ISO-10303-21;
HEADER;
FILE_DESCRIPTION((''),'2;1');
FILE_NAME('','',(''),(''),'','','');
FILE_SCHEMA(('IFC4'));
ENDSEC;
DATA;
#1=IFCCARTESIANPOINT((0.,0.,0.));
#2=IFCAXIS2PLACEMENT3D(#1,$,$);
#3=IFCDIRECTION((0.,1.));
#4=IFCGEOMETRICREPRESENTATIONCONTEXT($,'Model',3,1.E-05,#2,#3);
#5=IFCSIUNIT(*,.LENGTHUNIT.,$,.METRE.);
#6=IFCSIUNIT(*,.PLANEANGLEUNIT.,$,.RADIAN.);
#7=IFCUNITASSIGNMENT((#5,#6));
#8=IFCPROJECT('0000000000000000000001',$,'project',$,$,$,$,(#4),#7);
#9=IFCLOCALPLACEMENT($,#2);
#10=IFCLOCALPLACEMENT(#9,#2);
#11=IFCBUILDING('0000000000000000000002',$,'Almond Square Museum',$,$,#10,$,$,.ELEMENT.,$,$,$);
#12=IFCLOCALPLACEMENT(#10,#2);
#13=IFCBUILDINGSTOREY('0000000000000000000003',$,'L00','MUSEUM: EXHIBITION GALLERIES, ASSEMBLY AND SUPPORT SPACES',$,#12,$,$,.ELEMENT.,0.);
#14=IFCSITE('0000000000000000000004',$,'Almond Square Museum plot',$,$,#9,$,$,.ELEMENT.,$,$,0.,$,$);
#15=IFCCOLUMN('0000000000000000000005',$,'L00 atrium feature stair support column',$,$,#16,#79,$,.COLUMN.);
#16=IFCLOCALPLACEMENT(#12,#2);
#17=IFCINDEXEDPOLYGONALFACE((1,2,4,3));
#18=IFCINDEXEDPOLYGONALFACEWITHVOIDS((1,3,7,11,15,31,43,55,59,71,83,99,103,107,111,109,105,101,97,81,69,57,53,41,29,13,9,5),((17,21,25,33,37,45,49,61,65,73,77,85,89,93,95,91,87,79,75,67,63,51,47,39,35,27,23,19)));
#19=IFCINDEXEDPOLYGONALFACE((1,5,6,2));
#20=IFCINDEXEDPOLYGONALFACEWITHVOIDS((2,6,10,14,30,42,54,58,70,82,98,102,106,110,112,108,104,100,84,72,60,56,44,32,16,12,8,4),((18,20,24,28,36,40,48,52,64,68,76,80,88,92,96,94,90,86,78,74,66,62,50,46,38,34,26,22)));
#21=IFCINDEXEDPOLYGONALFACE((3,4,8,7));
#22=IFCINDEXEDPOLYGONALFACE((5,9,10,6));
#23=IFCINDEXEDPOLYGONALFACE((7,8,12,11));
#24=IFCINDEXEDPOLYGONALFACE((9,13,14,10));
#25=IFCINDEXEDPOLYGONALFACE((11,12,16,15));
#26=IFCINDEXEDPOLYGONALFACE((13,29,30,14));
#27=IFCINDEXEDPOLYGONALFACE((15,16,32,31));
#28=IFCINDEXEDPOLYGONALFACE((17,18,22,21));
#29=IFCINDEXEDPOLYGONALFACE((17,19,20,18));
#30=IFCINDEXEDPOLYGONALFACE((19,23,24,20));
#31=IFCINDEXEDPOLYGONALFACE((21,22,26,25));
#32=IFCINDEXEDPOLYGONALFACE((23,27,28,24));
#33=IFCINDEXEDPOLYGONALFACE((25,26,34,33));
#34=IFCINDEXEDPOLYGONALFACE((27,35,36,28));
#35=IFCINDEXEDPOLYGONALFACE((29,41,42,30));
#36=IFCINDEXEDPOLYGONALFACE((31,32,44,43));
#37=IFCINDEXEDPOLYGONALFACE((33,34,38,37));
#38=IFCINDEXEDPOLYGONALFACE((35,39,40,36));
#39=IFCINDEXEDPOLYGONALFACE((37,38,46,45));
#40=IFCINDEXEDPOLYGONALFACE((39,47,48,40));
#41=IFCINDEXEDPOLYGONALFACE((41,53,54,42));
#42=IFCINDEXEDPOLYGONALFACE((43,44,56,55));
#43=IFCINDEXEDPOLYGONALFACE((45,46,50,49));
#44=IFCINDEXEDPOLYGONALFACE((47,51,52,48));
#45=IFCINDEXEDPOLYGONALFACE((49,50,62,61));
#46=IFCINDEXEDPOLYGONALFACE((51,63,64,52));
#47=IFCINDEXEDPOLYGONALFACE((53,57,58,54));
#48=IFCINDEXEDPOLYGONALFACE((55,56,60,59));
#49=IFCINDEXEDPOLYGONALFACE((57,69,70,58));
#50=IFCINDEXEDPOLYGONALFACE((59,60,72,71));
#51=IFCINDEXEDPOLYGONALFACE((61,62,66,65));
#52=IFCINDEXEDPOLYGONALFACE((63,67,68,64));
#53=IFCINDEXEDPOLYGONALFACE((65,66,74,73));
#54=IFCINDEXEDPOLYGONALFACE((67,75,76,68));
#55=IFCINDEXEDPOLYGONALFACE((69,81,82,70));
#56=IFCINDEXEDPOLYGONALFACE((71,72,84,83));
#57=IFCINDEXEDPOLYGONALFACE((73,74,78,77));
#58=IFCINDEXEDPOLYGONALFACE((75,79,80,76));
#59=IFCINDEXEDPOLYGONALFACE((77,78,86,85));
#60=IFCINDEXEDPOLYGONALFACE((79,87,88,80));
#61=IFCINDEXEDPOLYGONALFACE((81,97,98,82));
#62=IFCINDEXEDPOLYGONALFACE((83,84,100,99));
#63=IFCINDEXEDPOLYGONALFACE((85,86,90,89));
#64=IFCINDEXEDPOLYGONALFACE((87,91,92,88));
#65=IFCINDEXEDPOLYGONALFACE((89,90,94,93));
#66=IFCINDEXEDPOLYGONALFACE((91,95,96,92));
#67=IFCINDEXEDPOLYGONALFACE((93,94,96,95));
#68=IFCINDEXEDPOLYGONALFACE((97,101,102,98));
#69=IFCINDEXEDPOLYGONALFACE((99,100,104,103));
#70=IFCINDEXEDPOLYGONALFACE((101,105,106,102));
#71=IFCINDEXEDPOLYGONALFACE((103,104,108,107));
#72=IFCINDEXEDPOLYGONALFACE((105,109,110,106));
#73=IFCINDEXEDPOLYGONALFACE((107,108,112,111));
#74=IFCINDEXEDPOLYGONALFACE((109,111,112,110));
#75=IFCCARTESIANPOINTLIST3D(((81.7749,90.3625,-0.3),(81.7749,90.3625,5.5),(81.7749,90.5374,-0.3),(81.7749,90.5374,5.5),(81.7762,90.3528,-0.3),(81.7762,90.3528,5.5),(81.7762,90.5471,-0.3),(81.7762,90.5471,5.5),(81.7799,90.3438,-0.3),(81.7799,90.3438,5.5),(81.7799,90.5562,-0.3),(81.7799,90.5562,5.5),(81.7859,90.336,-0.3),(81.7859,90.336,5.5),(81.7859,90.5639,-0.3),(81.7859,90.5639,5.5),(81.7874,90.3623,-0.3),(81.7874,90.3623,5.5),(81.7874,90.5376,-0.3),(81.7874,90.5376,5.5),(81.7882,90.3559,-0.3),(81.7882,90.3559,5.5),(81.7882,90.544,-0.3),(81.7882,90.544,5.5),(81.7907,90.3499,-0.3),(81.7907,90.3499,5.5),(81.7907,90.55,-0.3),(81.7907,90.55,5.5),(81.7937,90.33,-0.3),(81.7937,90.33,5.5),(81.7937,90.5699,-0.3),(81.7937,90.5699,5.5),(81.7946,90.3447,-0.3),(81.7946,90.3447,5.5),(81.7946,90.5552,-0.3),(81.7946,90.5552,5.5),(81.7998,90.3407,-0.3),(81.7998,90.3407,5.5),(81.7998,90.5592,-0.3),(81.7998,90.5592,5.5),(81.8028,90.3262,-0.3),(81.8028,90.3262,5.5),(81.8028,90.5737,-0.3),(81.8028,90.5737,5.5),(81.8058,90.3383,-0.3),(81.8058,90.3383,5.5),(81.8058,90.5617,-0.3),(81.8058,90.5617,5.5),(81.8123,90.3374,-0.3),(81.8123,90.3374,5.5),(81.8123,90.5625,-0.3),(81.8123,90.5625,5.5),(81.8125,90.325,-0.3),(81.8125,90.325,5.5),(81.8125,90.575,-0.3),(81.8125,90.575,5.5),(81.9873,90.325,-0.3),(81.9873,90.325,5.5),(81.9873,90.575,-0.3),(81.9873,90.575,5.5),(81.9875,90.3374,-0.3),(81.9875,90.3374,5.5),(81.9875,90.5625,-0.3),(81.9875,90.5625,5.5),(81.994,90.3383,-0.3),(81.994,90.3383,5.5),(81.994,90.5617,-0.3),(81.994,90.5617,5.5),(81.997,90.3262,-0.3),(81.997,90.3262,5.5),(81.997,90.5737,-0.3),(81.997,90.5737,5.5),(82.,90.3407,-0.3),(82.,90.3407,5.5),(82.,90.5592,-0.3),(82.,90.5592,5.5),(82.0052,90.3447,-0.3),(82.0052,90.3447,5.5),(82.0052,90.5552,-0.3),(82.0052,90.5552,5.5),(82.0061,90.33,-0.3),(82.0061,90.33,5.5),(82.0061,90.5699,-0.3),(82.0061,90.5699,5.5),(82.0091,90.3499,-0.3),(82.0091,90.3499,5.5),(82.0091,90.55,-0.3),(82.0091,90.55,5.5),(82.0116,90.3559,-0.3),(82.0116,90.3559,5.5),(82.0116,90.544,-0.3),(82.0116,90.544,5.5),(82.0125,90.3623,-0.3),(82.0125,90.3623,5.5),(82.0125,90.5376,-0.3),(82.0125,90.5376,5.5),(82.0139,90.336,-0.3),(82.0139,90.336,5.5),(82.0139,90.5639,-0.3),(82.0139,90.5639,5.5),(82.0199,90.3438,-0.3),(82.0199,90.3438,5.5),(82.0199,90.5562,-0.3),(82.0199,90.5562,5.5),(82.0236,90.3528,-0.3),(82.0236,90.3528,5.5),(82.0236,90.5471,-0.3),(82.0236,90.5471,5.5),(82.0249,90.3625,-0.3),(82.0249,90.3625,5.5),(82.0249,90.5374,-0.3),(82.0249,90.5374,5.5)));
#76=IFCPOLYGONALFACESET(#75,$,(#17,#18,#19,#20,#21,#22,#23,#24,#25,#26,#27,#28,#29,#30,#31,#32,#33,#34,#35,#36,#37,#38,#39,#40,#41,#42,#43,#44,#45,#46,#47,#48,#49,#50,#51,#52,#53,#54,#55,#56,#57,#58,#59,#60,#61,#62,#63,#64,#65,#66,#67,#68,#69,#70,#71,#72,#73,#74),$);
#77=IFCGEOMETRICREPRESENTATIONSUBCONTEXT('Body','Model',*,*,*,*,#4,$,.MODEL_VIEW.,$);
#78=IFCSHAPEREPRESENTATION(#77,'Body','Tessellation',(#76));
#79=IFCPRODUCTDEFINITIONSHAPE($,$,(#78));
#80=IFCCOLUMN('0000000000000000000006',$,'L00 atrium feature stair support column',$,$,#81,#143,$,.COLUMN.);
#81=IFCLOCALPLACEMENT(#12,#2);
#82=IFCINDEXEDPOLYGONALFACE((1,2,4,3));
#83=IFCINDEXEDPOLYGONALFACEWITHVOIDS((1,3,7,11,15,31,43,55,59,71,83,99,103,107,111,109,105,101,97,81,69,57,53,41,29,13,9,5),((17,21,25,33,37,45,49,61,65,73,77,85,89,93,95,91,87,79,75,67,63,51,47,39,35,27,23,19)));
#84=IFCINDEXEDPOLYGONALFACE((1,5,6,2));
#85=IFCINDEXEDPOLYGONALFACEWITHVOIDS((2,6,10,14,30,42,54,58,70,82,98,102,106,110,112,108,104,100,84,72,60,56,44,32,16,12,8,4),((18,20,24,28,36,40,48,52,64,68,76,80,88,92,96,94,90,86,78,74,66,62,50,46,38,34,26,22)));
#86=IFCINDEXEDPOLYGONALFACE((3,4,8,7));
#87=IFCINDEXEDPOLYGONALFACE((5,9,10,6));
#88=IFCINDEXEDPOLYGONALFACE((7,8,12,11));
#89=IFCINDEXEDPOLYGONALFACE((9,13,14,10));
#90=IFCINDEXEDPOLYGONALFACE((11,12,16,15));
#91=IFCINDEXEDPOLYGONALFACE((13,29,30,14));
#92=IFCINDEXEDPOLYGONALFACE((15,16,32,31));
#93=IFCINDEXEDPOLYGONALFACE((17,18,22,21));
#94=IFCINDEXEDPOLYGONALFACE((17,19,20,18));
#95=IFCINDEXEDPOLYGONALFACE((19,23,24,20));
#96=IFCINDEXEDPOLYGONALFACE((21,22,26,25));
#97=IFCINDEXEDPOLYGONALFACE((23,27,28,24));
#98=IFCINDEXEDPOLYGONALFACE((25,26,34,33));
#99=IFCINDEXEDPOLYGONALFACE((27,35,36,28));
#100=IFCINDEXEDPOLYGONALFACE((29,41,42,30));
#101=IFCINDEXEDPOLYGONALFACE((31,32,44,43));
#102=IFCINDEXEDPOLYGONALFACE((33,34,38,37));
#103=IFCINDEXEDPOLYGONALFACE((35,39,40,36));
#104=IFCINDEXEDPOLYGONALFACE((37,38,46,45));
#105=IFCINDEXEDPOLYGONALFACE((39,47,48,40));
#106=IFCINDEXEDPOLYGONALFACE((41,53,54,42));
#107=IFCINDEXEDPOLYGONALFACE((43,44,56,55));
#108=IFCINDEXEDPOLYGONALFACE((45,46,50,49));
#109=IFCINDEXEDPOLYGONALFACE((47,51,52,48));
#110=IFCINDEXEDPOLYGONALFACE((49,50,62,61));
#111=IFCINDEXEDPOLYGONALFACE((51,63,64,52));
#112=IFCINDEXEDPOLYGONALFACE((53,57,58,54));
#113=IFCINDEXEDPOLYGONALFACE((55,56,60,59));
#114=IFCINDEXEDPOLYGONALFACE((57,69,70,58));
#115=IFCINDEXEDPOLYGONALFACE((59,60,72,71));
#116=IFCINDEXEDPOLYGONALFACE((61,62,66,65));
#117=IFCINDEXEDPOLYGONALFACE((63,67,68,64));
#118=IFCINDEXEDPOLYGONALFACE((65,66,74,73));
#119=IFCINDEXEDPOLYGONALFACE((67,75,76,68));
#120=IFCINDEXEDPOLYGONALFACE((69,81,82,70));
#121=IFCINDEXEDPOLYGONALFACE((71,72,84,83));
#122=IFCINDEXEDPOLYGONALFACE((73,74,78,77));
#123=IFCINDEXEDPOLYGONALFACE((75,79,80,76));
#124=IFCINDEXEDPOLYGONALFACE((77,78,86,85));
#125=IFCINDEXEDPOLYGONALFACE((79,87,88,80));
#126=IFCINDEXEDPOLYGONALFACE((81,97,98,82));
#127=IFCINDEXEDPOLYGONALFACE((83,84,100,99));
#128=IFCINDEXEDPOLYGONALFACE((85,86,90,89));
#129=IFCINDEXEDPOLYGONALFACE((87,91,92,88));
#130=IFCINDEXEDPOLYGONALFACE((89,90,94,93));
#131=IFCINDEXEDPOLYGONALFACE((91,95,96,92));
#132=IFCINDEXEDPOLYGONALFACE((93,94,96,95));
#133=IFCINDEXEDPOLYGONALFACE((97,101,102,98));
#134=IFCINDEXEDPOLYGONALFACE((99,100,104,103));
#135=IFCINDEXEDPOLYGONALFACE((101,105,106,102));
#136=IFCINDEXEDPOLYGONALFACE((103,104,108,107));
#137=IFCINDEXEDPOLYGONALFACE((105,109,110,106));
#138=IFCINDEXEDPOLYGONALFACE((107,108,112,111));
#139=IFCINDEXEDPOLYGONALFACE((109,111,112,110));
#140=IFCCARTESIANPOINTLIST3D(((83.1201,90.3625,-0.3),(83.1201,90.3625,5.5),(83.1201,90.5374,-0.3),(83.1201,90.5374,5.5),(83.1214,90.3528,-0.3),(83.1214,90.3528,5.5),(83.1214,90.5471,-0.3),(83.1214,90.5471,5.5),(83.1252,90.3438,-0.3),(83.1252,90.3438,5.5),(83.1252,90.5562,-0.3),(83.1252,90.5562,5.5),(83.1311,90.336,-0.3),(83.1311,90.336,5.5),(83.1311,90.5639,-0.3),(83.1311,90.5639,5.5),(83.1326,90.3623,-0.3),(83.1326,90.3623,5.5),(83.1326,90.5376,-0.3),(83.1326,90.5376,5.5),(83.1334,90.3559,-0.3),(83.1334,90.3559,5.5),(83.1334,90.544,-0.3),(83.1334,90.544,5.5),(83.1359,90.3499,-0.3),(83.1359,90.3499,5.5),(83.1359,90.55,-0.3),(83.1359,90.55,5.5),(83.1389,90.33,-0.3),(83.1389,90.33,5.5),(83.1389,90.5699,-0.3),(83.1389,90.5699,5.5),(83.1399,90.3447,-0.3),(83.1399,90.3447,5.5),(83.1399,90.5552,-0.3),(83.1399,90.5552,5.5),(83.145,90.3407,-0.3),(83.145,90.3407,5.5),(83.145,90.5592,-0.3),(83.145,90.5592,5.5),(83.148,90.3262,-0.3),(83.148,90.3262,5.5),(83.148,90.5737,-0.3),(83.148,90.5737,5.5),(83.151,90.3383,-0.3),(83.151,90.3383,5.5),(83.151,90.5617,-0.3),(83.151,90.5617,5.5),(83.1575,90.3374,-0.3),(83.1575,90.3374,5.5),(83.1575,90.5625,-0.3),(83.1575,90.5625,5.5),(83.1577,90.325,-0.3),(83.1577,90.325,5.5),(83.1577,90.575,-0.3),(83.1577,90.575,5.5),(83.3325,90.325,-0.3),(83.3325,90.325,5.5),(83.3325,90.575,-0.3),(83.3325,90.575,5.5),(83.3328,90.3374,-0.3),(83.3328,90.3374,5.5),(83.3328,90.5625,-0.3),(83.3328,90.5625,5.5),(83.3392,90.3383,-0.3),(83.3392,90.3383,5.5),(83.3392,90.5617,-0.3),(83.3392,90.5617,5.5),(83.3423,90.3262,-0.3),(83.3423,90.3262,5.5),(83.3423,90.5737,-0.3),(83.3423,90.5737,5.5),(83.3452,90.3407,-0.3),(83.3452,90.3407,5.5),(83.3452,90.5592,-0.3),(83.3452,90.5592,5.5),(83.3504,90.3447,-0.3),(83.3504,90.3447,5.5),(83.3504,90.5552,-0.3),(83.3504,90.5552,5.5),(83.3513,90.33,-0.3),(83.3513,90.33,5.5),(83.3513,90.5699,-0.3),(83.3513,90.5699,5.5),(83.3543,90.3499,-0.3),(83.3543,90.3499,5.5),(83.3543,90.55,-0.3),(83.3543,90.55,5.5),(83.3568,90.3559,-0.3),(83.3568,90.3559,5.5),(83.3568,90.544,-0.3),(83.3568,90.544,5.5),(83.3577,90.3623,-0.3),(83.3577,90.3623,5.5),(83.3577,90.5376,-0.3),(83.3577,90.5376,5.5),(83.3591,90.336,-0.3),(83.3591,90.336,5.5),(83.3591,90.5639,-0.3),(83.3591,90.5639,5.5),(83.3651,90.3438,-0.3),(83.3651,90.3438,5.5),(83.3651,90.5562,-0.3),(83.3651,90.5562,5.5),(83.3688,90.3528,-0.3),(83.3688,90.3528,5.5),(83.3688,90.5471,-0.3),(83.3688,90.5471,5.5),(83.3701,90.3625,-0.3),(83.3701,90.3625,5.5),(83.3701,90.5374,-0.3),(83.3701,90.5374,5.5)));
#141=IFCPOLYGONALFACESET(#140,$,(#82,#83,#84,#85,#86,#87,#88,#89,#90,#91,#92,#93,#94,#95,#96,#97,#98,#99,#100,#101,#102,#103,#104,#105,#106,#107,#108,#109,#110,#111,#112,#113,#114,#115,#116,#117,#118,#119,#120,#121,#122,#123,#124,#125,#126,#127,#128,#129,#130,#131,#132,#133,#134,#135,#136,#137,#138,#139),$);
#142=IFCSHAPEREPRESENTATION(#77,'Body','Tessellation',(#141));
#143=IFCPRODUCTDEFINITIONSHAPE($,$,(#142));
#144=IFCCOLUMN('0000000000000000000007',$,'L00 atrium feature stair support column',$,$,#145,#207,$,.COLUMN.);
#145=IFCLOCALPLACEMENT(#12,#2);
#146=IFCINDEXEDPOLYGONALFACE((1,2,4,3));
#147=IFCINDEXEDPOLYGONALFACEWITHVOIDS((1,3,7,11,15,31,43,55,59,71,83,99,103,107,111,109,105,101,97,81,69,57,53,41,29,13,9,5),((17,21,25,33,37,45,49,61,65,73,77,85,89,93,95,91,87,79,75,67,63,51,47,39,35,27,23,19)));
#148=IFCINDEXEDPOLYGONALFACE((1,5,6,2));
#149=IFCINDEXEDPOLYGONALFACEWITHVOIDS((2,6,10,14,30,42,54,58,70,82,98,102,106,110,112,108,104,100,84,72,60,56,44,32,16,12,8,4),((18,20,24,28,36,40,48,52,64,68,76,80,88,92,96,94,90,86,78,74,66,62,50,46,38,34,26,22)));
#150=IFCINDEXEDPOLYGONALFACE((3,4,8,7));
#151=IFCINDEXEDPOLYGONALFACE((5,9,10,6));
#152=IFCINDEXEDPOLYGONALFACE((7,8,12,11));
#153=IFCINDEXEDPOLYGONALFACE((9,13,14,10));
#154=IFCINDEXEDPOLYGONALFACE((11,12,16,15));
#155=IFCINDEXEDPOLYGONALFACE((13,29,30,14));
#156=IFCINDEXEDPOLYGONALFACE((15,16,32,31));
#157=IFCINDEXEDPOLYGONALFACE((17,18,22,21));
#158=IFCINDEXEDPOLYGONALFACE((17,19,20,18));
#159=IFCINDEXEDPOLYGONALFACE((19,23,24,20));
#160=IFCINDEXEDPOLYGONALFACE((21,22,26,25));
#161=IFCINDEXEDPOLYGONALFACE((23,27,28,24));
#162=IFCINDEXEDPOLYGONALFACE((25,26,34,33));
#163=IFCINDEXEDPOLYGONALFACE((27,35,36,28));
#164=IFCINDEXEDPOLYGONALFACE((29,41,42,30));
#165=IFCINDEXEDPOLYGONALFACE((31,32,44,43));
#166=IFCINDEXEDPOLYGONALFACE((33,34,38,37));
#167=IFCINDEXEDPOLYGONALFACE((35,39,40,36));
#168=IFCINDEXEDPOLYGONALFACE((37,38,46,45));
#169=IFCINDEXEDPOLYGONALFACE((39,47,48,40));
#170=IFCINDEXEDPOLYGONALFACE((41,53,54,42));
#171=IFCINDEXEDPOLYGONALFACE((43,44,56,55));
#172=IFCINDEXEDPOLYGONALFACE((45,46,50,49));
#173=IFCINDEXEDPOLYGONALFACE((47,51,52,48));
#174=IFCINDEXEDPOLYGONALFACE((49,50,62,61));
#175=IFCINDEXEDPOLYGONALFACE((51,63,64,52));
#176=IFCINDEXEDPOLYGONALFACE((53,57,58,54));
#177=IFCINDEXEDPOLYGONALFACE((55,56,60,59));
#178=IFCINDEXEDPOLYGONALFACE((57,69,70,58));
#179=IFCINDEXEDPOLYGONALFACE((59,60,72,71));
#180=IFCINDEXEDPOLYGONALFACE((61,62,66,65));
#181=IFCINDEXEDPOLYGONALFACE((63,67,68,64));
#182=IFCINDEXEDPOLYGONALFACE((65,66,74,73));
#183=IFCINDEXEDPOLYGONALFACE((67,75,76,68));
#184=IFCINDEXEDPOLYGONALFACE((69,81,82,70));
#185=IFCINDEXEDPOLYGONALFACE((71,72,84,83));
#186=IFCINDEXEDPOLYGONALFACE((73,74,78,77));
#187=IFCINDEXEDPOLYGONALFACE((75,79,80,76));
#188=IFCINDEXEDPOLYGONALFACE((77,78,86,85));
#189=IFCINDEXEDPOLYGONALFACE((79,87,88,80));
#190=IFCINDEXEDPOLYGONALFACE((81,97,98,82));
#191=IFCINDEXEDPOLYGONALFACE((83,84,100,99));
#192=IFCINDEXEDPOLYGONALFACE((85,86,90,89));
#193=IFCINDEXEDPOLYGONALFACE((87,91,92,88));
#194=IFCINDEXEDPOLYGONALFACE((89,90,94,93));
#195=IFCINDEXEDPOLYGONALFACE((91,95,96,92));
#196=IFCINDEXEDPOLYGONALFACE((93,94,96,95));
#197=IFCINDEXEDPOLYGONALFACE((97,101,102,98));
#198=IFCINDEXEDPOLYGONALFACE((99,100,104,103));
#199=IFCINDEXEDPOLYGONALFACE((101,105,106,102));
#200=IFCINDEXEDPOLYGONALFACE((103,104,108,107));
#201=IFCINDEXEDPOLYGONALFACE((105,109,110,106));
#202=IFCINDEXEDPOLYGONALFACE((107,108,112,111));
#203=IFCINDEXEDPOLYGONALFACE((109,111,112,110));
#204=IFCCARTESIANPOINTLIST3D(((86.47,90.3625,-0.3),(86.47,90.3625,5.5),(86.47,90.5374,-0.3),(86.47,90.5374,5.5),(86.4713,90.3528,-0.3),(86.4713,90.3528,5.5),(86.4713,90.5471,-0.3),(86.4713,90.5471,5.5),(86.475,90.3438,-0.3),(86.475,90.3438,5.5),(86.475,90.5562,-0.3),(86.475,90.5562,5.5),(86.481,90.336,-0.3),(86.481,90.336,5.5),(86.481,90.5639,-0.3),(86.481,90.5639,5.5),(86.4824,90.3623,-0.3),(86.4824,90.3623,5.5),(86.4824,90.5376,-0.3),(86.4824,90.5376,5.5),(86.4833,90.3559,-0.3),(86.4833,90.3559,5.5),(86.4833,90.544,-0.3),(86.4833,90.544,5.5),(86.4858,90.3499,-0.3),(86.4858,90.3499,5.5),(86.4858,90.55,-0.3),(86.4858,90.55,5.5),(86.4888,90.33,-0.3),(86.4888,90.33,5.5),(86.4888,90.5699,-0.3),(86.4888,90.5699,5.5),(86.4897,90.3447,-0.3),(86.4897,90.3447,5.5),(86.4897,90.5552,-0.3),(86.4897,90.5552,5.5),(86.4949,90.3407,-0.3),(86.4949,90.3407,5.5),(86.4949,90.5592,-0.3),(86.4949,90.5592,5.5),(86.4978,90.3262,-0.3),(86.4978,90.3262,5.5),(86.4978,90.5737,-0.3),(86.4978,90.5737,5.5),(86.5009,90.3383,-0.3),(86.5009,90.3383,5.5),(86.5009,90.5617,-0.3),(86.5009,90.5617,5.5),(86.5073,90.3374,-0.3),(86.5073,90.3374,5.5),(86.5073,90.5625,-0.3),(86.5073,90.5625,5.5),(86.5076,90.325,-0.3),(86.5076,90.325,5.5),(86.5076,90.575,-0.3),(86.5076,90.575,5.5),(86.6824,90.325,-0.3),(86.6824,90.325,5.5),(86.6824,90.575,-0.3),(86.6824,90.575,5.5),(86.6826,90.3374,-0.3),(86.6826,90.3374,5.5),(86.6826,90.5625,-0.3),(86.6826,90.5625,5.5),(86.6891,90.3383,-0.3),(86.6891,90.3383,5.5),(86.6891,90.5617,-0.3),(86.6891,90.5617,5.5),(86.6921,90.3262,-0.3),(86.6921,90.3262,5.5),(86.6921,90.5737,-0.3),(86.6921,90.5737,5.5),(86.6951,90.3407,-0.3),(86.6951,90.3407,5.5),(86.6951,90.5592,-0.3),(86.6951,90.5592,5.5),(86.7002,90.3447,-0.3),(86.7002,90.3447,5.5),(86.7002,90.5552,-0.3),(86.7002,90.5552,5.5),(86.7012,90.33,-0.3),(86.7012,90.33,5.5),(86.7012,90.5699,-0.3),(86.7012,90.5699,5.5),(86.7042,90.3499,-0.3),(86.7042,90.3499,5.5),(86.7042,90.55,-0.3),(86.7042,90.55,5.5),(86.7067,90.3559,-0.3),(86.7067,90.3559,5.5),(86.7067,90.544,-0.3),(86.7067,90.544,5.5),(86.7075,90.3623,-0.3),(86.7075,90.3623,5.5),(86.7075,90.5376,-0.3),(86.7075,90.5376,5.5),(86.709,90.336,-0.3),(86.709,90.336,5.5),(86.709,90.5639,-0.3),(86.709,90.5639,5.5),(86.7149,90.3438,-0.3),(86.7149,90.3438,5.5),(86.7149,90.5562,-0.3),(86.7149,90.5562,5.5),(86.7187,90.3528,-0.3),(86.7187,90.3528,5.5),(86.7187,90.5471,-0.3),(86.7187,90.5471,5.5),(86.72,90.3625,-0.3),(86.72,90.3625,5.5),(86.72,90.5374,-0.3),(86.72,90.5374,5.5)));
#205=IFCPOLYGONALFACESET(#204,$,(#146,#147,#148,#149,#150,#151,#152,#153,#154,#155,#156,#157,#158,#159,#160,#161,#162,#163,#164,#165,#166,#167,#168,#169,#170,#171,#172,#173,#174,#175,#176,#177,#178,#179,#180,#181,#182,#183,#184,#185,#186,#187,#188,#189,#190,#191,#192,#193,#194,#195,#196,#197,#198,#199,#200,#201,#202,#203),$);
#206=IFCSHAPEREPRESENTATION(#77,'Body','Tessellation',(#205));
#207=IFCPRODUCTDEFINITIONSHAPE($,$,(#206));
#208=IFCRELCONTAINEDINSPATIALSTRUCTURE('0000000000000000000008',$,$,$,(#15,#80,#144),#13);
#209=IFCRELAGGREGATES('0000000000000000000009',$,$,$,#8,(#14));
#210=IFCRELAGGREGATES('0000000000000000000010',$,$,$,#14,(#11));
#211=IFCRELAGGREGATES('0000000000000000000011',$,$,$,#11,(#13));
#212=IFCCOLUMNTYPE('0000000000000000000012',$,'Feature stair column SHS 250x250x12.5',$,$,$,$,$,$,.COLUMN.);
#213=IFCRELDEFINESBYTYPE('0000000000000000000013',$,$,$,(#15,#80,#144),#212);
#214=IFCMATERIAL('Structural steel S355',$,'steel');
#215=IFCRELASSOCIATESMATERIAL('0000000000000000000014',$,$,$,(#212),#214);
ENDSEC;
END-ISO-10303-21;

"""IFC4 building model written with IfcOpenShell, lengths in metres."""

from ifc_helpers import new_model, si_unit, direction, frame, origin, origin_2d, place, context, subcontext, project, spatial, hollow_rectangle, extrude, material, material_profile, profile_set, type_object, element, save


model = new_model("IFC4")

# Units and contexts
model_context = context("Model", 3, precision=1e-05, world=origin(), true_north=direction((0.0, 1.0)))
body_context = subcontext(model_context, "Body", "Model", "MODEL_VIEW")
ifc_project = project(units=[si_unit("LENGTHUNIT", "METRE"), si_unit("PLANEANGLEUNIT", "RADIAN")], contexts=[model_context])

# Site, building, storey
site_placement = place(None, origin())
site = spatial("IfcSite", under=ifc_project, at=site_placement, Name="Almond Square Museum plot", CompositionType="ELEMENT", RefElevation=0.0)
building_placement = place(site_placement, origin())
building = spatial("IfcBuilding", under=site, at=building_placement, Name="Almond Square Museum", CompositionType="ELEMENT")
storey_placement = place(building_placement, origin())
storey = spatial("IfcBuildingStorey", under=building, at=storey_placement, Name="L00", Description="MUSEUM: EXHIBITION GALLERIES, ASSEMBLY AND SUPPORT SPACES", CompositionType="ELEMENT", Elevation=0.0)

# Columns
ifc_material_1 = material(Name="Structural steel S355", Category="steel")
ifc_material_profile_1 = material_profile(ifc_material_1, hollow_rectangle(XDim=0.25, YDim=0.25, WallThickness=0.0125, InnerFilletRadius=0.0249, OuterFilletRadius=0.0376, at=origin_2d()))
ifc_profile_set_1 = profile_set([ifc_material_profile_1], Name="Structural steel S355")
column_type_1 = type_object("IfcColumnType", Name="Feature stair column SHS 250x250x12.5", PredefinedType="COLUMN", material=ifc_profile_set_1)
for number, where, z_axis, x_axis, name in (
    (1, (81.8999, 90.45, -0.3), (0.0, 0.0, 1.0), (1.0, 0.0, 0.0), "L00 atrium feature stair support column"),
    (2, (83.2451, 90.45, -0.3), (0.0, 0.0, 1.0), (1.0, 0.0, 0.0), "L00 atrium feature stair support column"),
    (3, (86.595, 90.45, -0.3), (0.0, 0.0, 1.0), (1.0, 0.0, 0.0), "L00 atrium feature stair support column"),
):
    element("IfcColumn", number, at=place(storey_placement, frame(where, z_axis=z_axis, x_axis=x_axis)), inside=storey, type_object=column_type_1, Name=name, PredefinedType="COLUMN", context=body_context, shape_type="SweptSolid", body=[
        extrude(hollow_rectangle(XDim=0.25, YDim=0.25, WallThickness=0.0125, InnerFilletRadius=0.0249, OuterFilletRadius=0.0376, at=origin_2d()), origin(), (0.0, 0.0, 1.0), 5.8),
    ])

save(model, "model.ifc")
